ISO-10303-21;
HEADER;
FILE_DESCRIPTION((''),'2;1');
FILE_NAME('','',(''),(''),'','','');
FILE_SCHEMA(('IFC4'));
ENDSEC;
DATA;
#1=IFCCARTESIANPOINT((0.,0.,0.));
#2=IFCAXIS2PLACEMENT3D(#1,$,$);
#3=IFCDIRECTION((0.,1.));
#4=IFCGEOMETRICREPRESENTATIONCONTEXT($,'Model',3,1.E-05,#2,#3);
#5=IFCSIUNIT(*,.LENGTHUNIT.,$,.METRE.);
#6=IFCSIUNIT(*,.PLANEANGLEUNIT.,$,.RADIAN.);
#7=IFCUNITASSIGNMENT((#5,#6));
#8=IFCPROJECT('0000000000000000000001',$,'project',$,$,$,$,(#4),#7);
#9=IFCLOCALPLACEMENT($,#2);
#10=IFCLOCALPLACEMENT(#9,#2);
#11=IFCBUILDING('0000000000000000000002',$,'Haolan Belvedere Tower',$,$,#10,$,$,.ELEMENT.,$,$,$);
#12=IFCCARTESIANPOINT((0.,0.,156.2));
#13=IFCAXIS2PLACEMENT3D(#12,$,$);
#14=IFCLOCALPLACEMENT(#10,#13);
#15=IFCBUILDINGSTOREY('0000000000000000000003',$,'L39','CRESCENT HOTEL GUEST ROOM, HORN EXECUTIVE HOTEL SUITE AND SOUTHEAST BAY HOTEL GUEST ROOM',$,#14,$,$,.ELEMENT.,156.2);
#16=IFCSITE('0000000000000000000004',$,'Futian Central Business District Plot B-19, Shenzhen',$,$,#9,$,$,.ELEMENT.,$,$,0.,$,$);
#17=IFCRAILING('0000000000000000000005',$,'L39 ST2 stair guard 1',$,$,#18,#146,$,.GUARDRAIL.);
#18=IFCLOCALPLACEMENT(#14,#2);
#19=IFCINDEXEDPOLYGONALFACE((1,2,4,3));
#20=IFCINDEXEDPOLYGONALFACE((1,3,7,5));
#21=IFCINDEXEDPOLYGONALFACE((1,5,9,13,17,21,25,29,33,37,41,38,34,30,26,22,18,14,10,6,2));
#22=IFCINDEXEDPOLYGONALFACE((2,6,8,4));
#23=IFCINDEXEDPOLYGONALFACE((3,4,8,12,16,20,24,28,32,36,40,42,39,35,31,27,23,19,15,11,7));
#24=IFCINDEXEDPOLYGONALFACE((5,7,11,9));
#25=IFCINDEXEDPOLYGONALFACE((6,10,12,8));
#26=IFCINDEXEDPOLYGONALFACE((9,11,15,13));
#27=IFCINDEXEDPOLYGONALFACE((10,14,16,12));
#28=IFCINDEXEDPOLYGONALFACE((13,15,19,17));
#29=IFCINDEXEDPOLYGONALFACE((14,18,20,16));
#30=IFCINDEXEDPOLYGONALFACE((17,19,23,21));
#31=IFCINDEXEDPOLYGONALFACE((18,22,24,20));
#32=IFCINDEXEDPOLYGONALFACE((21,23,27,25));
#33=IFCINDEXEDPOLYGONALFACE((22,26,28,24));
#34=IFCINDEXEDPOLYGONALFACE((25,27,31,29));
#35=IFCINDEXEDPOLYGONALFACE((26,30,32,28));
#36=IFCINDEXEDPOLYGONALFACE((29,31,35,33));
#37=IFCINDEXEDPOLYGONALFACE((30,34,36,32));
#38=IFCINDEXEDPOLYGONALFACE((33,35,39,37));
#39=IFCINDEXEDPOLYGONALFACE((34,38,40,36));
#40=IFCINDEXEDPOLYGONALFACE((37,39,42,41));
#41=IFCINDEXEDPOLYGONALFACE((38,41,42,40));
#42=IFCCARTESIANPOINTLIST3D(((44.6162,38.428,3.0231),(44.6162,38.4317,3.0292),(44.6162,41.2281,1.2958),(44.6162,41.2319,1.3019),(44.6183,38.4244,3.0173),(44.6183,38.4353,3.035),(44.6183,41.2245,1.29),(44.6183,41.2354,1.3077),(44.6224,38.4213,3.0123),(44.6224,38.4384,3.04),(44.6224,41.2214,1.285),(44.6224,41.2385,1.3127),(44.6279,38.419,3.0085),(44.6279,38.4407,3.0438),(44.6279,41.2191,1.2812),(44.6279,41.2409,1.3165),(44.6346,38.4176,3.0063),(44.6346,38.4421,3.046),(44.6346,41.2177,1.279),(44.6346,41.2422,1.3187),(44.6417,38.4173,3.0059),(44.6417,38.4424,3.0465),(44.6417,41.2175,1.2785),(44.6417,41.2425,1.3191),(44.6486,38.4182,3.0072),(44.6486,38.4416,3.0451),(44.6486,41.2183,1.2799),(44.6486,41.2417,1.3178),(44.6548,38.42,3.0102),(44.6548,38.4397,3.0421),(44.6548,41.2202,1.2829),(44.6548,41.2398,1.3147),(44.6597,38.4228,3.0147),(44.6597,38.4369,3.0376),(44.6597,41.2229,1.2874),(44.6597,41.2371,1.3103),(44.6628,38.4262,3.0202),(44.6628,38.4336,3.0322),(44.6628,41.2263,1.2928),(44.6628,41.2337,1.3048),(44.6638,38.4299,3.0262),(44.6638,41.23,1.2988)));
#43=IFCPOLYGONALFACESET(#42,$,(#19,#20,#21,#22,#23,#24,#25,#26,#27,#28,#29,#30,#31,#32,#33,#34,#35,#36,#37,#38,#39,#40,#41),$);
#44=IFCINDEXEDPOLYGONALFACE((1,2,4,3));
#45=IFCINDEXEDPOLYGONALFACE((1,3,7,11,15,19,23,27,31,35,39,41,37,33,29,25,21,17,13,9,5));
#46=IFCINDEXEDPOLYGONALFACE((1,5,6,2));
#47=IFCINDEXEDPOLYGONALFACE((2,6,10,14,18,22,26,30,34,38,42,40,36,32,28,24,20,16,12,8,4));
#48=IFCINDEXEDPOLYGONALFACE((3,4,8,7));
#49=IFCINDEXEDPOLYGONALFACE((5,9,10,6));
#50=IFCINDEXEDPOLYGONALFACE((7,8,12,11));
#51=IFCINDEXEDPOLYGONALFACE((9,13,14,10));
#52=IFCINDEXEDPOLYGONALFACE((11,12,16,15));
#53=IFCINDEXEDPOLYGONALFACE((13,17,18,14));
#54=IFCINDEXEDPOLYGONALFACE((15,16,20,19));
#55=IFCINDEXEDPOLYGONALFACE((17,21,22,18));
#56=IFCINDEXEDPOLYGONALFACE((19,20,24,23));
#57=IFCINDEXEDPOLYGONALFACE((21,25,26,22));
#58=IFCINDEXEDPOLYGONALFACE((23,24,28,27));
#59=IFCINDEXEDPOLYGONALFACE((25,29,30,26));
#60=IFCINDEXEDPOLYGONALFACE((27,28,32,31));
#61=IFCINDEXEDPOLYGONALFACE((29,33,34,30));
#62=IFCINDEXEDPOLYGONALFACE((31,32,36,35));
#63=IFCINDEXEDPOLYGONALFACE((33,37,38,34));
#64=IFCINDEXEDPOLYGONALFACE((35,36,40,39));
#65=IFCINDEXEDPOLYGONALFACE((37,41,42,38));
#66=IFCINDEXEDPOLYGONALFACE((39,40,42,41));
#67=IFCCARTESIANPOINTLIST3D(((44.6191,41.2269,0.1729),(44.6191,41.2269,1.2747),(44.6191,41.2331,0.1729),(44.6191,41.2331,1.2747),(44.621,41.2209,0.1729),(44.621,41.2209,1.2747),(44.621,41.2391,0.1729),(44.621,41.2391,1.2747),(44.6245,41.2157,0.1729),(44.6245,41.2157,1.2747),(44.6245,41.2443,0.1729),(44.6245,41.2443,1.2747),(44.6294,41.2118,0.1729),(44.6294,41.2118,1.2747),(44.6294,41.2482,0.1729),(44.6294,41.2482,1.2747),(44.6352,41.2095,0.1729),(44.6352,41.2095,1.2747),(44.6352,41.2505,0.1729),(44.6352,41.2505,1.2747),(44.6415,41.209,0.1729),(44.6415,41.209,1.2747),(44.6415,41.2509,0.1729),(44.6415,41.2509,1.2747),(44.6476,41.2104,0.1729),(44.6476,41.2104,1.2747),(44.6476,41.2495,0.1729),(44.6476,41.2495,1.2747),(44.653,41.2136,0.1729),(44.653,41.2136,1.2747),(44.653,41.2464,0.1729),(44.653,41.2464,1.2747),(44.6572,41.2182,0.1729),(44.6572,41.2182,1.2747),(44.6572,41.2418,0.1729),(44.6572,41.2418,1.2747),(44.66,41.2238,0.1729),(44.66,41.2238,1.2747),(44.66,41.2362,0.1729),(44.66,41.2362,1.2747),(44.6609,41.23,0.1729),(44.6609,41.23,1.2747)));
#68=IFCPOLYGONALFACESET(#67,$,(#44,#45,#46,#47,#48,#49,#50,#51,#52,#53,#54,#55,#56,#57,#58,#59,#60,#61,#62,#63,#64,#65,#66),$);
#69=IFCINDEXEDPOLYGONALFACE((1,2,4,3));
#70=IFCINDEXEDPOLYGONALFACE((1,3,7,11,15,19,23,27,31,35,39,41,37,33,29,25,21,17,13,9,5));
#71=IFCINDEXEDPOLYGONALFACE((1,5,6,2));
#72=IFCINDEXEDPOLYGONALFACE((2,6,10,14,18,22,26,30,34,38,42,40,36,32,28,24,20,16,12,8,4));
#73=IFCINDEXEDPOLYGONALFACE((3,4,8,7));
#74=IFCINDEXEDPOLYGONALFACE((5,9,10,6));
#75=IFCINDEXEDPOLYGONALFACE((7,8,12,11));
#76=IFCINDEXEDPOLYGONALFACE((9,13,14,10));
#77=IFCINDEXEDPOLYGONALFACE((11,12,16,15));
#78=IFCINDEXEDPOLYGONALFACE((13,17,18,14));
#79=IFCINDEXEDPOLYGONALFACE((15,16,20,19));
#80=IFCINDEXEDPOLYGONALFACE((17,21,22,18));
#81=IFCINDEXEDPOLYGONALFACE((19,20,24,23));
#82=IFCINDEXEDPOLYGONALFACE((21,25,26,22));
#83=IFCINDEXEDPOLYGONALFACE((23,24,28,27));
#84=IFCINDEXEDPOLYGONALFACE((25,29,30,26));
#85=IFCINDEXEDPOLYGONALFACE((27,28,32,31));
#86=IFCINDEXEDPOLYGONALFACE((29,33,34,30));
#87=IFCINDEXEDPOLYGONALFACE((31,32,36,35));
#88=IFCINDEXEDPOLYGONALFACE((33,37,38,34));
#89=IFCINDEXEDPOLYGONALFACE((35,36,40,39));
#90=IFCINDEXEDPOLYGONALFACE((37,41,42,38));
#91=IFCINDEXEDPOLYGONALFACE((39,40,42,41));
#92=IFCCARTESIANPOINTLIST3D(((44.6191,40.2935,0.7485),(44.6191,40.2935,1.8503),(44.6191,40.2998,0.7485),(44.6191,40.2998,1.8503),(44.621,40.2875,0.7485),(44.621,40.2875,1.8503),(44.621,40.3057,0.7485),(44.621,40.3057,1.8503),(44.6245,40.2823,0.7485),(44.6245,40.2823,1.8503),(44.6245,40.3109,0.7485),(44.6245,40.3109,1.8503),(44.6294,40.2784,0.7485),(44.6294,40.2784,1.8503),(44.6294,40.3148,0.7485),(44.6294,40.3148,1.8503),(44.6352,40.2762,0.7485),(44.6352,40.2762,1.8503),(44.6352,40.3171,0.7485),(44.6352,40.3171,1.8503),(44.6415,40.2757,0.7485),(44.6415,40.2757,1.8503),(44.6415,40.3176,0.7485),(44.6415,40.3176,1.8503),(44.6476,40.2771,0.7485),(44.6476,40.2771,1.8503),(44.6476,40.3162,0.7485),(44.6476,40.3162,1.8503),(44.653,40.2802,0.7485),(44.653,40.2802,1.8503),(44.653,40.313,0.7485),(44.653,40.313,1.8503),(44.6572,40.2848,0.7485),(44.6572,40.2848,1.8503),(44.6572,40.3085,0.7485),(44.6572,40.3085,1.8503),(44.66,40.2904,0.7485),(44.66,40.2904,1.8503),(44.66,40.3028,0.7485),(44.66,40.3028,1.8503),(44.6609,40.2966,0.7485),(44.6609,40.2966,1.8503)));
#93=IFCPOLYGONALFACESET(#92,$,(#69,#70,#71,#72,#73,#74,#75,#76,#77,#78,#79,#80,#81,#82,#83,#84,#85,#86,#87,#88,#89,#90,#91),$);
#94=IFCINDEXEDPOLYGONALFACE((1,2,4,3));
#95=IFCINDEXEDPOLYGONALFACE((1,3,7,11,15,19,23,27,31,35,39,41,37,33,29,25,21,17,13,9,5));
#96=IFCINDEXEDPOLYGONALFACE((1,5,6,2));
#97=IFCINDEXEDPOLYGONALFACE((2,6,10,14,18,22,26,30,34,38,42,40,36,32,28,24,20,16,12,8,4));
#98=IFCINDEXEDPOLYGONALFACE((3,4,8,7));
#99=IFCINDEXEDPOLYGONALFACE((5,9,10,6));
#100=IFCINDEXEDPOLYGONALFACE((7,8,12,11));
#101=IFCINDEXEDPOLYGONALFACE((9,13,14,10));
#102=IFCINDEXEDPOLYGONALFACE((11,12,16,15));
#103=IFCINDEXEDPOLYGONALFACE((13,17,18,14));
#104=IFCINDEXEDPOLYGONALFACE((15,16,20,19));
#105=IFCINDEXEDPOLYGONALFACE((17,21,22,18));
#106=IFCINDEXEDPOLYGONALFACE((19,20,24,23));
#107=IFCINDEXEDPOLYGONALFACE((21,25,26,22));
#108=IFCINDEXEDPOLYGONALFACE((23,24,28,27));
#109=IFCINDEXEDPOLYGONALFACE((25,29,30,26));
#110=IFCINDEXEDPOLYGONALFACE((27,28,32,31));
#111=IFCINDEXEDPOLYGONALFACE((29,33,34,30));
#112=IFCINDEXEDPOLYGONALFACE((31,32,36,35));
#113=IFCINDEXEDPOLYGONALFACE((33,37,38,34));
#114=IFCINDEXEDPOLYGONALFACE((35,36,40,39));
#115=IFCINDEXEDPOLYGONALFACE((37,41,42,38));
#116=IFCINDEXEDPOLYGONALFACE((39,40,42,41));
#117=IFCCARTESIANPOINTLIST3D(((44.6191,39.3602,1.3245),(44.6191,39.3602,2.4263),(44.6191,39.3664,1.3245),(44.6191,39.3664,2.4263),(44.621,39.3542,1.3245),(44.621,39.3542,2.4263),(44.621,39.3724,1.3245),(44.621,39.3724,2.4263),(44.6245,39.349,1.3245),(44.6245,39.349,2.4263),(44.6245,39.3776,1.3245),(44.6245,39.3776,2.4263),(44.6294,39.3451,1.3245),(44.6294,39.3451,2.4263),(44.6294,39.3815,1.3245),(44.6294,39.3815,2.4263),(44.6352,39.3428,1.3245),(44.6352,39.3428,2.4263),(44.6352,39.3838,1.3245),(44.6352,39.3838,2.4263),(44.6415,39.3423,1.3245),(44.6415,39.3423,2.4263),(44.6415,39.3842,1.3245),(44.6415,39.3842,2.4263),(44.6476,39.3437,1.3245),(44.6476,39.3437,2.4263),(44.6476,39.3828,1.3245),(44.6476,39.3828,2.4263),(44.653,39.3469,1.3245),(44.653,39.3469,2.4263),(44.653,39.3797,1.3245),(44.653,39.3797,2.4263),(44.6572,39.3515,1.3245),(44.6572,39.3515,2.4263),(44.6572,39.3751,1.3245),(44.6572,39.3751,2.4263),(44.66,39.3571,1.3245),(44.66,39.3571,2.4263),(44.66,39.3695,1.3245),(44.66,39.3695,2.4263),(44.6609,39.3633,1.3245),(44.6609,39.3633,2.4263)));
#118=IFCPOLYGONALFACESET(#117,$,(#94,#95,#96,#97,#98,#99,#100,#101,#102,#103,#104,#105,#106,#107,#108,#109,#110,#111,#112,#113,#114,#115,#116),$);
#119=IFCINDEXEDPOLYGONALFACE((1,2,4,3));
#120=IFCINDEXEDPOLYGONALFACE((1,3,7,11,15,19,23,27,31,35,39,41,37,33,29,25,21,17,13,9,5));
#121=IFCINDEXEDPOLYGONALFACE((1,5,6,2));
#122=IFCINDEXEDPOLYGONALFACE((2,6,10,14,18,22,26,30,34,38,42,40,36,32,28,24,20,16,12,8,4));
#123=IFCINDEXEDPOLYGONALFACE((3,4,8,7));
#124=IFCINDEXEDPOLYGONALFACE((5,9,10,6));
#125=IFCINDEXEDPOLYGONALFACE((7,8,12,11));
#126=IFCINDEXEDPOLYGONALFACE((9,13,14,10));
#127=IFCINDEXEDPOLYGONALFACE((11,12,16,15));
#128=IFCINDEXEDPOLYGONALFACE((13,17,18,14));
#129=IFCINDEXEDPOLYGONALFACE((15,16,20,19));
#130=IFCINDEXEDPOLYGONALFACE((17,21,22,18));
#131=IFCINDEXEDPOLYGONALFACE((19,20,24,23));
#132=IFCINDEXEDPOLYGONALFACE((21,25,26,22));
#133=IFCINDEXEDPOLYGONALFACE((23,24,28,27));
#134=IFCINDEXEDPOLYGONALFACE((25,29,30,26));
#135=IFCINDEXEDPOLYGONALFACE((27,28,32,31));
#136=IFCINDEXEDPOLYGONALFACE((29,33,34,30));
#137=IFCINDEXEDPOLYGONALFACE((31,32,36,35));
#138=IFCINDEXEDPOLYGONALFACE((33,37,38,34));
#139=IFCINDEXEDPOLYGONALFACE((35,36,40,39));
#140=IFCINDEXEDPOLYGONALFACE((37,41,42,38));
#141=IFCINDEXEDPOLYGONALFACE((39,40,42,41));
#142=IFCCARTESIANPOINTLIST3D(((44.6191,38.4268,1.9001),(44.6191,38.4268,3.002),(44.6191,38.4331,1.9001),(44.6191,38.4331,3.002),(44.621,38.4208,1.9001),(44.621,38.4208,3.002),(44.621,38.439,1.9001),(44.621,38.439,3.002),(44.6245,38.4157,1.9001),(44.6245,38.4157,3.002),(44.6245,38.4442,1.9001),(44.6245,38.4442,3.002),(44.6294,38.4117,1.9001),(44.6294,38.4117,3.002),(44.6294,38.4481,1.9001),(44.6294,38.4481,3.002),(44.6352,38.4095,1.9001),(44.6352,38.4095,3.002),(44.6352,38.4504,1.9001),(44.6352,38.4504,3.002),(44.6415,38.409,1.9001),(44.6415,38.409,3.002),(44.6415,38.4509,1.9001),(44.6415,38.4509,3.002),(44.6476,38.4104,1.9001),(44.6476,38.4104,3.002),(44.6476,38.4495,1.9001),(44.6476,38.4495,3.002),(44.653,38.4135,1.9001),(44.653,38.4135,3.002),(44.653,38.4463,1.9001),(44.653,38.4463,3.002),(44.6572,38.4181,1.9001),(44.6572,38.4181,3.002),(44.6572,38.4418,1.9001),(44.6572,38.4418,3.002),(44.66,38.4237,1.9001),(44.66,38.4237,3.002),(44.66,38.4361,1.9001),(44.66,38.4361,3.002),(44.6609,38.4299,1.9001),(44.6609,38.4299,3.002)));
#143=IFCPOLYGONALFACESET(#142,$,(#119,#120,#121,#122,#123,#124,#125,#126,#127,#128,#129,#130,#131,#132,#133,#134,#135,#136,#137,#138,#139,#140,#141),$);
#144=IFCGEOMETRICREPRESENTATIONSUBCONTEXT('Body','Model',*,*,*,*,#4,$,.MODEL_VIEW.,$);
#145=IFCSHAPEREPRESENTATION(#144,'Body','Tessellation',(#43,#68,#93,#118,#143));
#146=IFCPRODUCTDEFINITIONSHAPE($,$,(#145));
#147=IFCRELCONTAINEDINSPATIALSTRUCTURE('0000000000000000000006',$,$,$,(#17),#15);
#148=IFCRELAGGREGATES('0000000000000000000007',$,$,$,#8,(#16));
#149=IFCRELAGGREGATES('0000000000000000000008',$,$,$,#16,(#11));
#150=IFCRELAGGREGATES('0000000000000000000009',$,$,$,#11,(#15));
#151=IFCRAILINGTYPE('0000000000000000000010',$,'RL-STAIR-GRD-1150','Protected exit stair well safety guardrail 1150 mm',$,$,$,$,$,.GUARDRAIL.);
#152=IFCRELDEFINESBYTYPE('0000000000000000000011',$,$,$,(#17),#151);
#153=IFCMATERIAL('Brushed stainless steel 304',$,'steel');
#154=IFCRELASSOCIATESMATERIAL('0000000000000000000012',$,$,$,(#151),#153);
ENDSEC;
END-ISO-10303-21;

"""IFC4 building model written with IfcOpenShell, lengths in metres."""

from ifc_helpers import new_model, si_unit, direction, frame, origin, origin_2d, place, context, subcontext, project, spatial, circle, extrude, material, type_object, element, save


model = new_model("IFC4")

# Units and contexts
model_context = context("Model", 3, precision=1e-05, world=origin(), true_north=direction((0.0, 1.0)))
body_context = subcontext(model_context, "Body", "Model", "MODEL_VIEW")
ifc_project = project(units=[si_unit("LENGTHUNIT", "METRE"), si_unit("PLANEANGLEUNIT", "RADIAN")], contexts=[model_context])

# Site, building, storey
site_placement = place(None, origin())
site = spatial("IfcSite", under=ifc_project, at=site_placement, Name="Futian Central Business District Plot B-19, Shenzhen", CompositionType="ELEMENT", RefElevation=0.0)
building_placement = place(site_placement, origin())
building = spatial("IfcBuilding", under=site, at=building_placement, Name="Haolan Belvedere Tower", CompositionType="ELEMENT")
storey_placement = place(building_placement, frame((0.0, 0.0, 156.2)))
storey = spatial("IfcBuildingStorey", under=building, at=storey_placement, Name="L39", Description="CRESCENT HOTEL GUEST ROOM, HORN EXECUTIVE HOTEL SUITE AND SOUTHEAST BAY HOTEL GUEST ROOM", CompositionType="ELEMENT", Elevation=156.2)

# Railing
ifc_material_1 = material(Name="Brushed stainless steel 304", Category="steel")
railing_type_1 = type_object("IfcRailingType", Name="RL-STAIR-GRD-1150", Description="Protected exit stair well safety guardrail 1150 mm", PredefinedType="GUARDRAIL", material=ifc_material_1)
railing_1_placement = place(storey_placement, frame((44.6399, 41.23, 0.1729)))
element("IfcRailing", 1, at=railing_1_placement, inside=storey, type_object=railing_type_1, Name="L39 ST2 stair guard 1", PredefinedType="GUARDRAIL", context=body_context, shape_type="SweptSolid", body=[
    extrude(circle(Radius=0.0239, at=origin_2d()), frame((0.0, 0.0, 1.126), z_axis=(0.0, -0.85109, 0.52502), x_axis=(1.0, 0.0, 0.0)), (0.0, 0.0, 1.0), 3.29),
    extrude(circle(Radius=0.021, at=origin_2d()), origin(), (0.0, 0.0, 1.0), 1.1018),
    extrude(circle(Radius=0.021, at=origin_2d()), frame((0.0, -0.9333, 0.5757)), (0.0, 0.0, 1.0), 1.1018),
    extrude(circle(Radius=0.021, at=origin_2d()), frame((0.0, -1.8667, 1.1516)), (0.0, 0.0, 1.0), 1.1018),
    extrude(circle(Radius=0.021, at=origin_2d()), frame((0.0, -2.8, 1.7273)), (0.0, 0.0, 1.0), 1.1018),
])

save(model, "model.ifc")
